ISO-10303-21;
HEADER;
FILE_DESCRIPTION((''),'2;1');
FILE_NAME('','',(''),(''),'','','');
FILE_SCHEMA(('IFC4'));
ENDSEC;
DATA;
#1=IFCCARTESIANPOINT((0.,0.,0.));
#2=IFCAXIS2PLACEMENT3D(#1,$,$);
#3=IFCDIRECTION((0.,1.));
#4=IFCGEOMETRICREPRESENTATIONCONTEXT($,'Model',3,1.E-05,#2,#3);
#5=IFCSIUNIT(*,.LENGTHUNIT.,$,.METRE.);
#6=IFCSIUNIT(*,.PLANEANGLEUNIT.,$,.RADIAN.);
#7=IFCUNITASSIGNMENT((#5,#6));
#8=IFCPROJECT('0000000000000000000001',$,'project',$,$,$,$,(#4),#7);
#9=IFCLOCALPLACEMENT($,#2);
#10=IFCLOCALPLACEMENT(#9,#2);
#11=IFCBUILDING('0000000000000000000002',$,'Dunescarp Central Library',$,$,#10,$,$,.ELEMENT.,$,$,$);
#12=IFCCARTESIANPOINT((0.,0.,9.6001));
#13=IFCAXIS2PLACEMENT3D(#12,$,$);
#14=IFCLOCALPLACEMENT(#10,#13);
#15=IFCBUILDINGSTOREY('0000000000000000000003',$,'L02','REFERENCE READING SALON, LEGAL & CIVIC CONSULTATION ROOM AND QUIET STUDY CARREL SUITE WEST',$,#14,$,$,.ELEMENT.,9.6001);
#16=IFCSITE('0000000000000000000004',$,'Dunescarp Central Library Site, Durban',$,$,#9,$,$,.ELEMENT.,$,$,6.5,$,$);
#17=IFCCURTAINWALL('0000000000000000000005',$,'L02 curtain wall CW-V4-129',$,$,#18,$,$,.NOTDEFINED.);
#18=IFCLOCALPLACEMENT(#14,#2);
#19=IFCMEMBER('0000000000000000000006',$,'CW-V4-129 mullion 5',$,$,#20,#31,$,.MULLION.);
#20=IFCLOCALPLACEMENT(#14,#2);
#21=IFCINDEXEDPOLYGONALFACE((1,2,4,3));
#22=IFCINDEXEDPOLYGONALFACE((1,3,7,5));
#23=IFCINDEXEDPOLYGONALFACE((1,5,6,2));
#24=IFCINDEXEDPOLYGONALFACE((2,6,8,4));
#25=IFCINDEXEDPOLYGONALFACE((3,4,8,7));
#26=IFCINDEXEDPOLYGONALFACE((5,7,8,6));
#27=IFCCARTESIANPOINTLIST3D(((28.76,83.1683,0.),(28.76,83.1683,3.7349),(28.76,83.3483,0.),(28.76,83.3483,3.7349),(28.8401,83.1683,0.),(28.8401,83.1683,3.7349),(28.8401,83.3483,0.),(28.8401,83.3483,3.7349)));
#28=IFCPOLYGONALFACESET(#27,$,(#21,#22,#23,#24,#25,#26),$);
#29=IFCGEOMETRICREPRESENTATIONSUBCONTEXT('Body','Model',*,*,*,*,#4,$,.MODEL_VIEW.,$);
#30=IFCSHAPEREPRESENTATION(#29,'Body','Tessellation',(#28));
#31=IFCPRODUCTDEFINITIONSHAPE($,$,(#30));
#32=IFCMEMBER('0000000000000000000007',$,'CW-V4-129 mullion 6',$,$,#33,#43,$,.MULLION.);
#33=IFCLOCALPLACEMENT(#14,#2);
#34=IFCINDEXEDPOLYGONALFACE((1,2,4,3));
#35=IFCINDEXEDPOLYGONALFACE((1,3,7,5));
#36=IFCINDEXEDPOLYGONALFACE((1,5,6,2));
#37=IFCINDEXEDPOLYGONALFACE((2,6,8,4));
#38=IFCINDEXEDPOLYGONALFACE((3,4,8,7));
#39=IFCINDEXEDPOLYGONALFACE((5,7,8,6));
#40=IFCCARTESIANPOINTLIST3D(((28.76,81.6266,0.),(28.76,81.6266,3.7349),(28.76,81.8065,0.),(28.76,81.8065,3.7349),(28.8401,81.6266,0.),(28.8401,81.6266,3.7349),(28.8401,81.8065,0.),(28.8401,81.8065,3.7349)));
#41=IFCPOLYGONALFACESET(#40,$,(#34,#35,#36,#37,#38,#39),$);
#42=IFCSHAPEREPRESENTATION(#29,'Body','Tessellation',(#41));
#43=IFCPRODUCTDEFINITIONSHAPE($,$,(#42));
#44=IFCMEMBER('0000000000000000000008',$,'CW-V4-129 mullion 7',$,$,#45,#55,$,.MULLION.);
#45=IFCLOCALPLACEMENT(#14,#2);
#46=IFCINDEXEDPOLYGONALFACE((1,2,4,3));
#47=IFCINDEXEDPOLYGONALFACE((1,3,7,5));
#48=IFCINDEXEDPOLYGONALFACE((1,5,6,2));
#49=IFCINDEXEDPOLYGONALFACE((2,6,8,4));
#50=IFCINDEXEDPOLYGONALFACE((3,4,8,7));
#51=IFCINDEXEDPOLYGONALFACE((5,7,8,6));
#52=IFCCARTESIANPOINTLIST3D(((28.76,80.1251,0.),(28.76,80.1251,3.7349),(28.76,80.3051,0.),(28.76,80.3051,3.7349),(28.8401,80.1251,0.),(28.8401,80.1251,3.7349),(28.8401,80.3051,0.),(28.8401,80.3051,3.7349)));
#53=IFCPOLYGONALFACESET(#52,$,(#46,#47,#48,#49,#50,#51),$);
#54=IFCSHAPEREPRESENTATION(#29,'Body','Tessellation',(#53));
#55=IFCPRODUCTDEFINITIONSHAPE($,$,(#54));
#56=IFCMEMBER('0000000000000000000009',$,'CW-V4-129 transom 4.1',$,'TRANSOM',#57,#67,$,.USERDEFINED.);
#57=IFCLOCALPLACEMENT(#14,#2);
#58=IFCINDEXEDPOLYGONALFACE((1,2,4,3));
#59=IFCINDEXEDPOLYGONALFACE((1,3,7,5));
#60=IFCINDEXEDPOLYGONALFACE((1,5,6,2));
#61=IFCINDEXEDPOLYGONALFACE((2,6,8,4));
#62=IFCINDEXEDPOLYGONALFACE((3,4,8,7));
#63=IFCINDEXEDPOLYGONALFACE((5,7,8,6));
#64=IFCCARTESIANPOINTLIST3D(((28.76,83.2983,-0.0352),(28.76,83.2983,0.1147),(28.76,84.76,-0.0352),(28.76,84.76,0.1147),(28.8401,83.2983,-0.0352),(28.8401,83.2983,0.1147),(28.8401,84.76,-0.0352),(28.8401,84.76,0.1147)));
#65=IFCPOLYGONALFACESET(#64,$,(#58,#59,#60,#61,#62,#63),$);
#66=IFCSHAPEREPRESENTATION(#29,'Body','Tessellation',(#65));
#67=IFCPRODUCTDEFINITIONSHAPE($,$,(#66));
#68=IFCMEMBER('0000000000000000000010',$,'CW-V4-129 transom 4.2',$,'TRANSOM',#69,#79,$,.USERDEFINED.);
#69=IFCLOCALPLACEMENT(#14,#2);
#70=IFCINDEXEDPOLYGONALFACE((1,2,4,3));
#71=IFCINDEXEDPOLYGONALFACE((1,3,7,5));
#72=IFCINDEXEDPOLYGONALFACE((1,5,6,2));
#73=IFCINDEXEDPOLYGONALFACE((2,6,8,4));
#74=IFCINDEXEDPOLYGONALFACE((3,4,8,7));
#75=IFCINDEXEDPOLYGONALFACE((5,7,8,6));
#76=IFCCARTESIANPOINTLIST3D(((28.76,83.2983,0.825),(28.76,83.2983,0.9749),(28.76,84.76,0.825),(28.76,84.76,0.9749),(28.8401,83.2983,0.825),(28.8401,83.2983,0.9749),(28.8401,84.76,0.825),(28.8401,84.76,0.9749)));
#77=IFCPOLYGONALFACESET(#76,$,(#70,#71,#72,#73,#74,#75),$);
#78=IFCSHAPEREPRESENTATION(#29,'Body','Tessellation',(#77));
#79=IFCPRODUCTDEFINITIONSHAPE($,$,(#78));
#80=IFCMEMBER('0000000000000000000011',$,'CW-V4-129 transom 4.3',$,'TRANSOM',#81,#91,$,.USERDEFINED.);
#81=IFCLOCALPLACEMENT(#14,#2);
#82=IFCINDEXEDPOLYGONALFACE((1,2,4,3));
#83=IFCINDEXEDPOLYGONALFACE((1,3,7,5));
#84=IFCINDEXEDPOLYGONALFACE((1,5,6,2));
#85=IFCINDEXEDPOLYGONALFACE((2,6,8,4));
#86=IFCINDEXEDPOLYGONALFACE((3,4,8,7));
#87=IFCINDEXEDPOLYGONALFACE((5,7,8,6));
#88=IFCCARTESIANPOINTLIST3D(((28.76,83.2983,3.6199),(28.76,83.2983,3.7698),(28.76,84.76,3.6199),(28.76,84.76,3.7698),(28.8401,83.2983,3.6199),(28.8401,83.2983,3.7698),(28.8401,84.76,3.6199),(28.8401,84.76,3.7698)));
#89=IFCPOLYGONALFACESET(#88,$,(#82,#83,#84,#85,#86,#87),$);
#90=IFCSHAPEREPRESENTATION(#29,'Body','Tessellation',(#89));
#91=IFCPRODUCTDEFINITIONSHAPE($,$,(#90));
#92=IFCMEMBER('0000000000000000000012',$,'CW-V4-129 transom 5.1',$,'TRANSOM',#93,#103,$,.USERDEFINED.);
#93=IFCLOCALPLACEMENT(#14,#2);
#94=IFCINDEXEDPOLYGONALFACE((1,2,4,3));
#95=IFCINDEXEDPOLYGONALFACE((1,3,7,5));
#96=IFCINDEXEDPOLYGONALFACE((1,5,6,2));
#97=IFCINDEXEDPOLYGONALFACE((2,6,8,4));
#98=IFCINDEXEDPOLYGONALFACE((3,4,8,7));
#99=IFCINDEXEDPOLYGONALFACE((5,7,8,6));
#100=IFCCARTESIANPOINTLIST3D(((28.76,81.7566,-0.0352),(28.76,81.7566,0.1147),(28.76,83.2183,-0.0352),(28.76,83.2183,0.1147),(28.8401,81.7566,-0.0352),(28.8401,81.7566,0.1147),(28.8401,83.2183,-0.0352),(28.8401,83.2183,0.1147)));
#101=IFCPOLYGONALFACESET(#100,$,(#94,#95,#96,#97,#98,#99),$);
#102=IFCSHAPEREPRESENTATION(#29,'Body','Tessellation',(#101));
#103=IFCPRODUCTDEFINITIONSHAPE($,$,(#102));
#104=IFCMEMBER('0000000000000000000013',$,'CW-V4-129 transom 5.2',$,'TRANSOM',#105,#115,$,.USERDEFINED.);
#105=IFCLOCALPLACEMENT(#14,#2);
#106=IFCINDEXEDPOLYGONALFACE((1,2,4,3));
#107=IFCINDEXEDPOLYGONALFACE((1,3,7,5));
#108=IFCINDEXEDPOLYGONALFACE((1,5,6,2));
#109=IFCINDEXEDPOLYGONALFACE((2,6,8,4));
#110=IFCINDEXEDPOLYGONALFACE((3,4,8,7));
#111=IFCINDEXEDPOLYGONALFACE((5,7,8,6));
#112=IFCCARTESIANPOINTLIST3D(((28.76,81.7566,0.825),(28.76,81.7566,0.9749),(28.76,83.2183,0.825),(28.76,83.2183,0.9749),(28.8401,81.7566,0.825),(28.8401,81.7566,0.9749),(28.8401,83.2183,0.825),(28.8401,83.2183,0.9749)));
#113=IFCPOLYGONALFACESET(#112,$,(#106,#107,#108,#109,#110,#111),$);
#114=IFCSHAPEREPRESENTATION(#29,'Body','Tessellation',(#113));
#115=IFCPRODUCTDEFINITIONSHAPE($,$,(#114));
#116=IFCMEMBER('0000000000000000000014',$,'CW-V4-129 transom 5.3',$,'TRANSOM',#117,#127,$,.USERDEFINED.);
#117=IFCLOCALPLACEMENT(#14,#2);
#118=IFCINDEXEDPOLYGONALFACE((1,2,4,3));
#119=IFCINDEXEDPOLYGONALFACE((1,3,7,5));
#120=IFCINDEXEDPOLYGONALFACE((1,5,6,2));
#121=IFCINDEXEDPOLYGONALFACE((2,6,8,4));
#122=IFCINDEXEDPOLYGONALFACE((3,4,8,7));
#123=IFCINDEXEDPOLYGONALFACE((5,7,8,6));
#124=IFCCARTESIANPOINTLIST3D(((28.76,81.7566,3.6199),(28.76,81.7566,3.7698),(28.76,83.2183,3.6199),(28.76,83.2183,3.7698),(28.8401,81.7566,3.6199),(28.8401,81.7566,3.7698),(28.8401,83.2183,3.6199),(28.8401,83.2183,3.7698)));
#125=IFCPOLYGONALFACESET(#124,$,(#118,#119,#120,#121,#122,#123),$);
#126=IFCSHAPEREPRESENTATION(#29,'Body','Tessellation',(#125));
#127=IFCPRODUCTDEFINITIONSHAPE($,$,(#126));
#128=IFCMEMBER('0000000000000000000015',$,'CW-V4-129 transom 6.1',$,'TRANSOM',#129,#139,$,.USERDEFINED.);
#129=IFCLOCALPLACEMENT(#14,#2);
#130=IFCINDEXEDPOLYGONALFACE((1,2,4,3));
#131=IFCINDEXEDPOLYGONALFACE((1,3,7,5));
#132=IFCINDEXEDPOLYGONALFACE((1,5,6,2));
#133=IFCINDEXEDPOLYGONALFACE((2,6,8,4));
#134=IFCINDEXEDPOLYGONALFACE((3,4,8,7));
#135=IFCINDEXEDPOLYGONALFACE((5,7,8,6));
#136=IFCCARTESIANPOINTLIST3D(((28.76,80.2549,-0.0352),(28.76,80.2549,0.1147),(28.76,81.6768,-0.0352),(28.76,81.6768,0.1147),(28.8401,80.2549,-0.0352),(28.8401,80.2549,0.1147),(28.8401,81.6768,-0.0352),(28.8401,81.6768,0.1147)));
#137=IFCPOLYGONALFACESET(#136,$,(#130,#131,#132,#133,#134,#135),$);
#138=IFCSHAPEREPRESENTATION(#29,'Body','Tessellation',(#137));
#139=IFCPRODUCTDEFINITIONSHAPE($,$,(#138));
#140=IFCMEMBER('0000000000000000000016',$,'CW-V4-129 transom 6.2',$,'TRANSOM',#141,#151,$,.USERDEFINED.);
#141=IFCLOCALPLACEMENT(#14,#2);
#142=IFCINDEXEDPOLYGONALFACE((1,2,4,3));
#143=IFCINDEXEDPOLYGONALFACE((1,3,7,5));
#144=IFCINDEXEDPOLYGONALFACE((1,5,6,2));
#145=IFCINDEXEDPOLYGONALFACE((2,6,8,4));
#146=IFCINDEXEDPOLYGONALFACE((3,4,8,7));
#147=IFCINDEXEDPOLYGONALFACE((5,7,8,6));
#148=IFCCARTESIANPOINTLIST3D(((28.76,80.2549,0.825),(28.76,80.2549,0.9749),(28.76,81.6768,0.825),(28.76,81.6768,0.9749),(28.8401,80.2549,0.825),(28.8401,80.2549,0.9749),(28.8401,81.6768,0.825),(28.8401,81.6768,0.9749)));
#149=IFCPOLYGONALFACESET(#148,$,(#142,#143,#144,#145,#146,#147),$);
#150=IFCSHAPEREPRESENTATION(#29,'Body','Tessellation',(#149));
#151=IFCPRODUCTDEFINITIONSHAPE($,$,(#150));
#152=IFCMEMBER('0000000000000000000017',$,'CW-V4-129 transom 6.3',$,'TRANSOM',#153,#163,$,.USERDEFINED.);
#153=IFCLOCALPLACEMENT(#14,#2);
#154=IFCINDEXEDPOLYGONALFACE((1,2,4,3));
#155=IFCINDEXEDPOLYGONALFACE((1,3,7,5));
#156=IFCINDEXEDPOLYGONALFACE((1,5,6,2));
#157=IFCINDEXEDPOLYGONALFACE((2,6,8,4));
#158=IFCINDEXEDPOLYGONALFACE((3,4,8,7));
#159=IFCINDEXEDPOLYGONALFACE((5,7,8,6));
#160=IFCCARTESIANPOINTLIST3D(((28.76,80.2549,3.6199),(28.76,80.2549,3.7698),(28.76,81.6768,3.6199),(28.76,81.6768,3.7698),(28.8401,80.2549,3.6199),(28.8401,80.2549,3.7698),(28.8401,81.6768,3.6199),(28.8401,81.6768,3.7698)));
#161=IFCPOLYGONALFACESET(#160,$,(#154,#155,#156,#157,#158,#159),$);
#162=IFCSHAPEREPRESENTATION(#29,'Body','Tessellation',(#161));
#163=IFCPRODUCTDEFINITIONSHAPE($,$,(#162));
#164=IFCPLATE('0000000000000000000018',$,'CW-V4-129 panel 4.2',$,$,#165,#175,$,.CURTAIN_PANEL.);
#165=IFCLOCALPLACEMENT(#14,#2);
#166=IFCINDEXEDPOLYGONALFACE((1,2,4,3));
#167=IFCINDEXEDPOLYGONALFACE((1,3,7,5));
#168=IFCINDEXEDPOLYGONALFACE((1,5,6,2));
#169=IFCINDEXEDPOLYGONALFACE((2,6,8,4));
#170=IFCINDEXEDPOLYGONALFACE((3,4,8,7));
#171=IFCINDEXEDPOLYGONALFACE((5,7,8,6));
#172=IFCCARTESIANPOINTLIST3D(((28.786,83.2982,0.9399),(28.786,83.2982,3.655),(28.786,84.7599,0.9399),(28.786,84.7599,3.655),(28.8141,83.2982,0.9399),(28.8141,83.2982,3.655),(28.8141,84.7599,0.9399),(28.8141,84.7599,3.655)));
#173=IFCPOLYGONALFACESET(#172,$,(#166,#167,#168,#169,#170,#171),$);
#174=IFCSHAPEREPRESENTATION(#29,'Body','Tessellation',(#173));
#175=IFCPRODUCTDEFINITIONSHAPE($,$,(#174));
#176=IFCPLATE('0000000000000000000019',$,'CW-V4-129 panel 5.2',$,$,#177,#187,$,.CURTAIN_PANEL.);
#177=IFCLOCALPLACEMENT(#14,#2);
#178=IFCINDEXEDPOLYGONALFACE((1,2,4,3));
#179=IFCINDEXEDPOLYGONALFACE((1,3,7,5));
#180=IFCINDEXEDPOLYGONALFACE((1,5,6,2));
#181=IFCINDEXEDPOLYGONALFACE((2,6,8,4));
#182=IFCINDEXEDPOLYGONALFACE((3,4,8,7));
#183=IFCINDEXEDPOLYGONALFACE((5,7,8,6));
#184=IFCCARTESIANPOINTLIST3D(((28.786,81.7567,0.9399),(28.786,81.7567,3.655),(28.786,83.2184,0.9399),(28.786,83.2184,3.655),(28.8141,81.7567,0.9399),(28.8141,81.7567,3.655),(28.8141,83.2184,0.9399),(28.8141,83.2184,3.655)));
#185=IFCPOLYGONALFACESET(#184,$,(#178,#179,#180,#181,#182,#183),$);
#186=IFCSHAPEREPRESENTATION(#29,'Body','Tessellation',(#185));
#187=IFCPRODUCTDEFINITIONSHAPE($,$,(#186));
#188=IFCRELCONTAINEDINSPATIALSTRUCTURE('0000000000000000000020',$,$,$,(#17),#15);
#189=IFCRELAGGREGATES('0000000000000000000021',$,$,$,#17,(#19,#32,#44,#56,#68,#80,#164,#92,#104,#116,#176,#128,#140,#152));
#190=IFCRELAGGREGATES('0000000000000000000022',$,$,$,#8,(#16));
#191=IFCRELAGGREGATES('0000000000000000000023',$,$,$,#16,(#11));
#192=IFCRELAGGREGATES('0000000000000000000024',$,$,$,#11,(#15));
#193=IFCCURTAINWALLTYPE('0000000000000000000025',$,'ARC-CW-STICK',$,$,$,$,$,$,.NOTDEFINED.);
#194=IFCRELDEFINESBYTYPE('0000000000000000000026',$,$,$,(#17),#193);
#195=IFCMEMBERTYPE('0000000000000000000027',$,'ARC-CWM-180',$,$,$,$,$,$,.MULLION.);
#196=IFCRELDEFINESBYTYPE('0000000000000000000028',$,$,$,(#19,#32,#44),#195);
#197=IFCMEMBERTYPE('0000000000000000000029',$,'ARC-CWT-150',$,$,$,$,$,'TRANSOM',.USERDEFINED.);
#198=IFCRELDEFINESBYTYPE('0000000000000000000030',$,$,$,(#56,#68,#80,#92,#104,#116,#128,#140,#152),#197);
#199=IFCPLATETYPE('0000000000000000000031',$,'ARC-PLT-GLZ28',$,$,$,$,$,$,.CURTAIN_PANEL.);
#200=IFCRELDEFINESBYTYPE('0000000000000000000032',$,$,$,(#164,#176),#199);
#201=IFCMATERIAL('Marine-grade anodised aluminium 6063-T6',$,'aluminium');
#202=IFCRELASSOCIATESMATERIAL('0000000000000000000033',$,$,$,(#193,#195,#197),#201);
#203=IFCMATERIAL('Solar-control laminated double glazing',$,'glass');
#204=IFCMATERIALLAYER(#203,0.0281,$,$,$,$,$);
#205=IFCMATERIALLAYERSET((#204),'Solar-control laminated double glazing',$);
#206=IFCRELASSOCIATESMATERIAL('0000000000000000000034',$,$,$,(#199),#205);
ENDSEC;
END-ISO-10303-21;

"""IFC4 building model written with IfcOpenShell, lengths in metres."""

from ifc_helpers import new_model, si_unit, direction, frame, origin, origin_2d, place, context, subcontext, project, spatial, rectangle, extrude, material, layer, layer_set, material_profile, profile_set, type_object, element, aggregate, save


model = new_model("IFC4")

# Units and contexts
model_context = context("Model", 3, precision=1e-05, world=origin(), true_north=direction((0.0, 1.0)))
body_context = subcontext(model_context, "Body", "Model", "MODEL_VIEW")
ifc_project = project(units=[si_unit("LENGTHUNIT", "METRE"), si_unit("PLANEANGLEUNIT", "RADIAN")], contexts=[model_context])

# Site, building, storey
site_placement = place(None, origin())
site = spatial("IfcSite", under=ifc_project, at=site_placement, Name="Dunescarp Central Library Site, Durban", CompositionType="ELEMENT", RefElevation=6.5)
building_placement = place(site_placement, origin())
building = spatial("IfcBuilding", under=site, at=building_placement, Name="Dunescarp Central Library", CompositionType="ELEMENT")
storey_placement = place(building_placement, frame((0.0, 0.0, 9.6001)))
storey = spatial("IfcBuildingStorey", under=building, at=storey_placement, Name="L02", Description="REFERENCE READING SALON, LEGAL & CIVIC CONSULTATION ROOM AND QUIET STUDY CARREL SUITE WEST", CompositionType="ELEMENT", Elevation=9.6001)

# Curtain wall, members, plates
ifc_material_1 = material(Name="Marine-grade anodised aluminium 6063-T6", Category="aluminium")
curtain_wall_type = type_object("IfcCurtainWallType", Name="ARC-CW-STICK", PredefinedType="NOTDEFINED", material=ifc_material_1)
curtain_wall_placement = place(storey_placement, origin())
curtain_wall = element("IfcCurtainWall", 1, at=curtain_wall_placement, inside=storey, type_object=curtain_wall_type, Name="L02 curtain wall CW-V4-129", PredefinedType="NOTDEFINED")
ifc_material_profile_1 = material_profile(ifc_material_1, rectangle(XDim=0.0801, YDim=0.1799, at=origin_2d()), Name="AL 80x180")
ifc_profile_set_1 = profile_set([ifc_material_profile_1], Name="Marine-grade anodised aluminium 6063-T6")
member_type_1 = type_object("IfcMemberType", Name="ARC-CWM-180", PredefinedType="MULLION", material=ifc_profile_set_1)
member_1_placement = place(storey_placement, frame((28.8, 83.2583, 0.0), z_axis=(0.0, 0.0, 1.0), x_axis=(1.0, 0.0, 0.0)))
member_1 = element("IfcMember", 2, at=member_1_placement, type_object=member_type_1, Name="CW-V4-129 mullion 5", PredefinedType="MULLION", context=body_context, shape_type="SweptSolid", body=[
    extrude(rectangle(XDim=0.0801, YDim=0.1799, at=origin_2d()), origin(), (0.0, 0.0, 1.0), 3.7349),
])
member_2_placement = place(storey_placement, frame((28.8, 81.7166, 0.0), z_axis=(0.0, 0.0, 1.0), x_axis=(1.0, 0.0, 0.0)))
member_2 = element("IfcMember", 3, at=member_2_placement, type_object=member_type_1, Name="CW-V4-129 mullion 6", PredefinedType="MULLION", context=body_context, shape_type="SweptSolid", body=[
    extrude(rectangle(XDim=0.0801, YDim=0.1799, at=origin_2d()), origin(), (0.0, 0.0, 1.0), 3.7349),
])
member_3_placement = place(storey_placement, frame((28.8, 80.2151, 0.0), z_axis=(0.0, 0.0, 1.0), x_axis=(1.0, 0.0, 0.0)))
member_3 = element("IfcMember", 4, at=member_3_placement, type_object=member_type_1, Name="CW-V4-129 mullion 7", PredefinedType="MULLION", context=body_context, shape_type="SweptSolid", body=[
    extrude(rectangle(XDim=0.0801, YDim=0.1799, at=origin_2d()), origin(), (0.0, 0.0, 1.0), 3.7349),
])
ifc_material_profile_2 = material_profile(ifc_material_1, rectangle(XDim=0.0801, YDim=0.1499, at=origin_2d()), Name="AL 80x150")
ifc_profile_set_2 = profile_set([ifc_material_profile_2], Name="Marine-grade anodised aluminium 6063-T6")
member_type_2 = type_object("IfcMemberType", Name="ARC-CWT-150", ElementType="TRANSOM", PredefinedType="USERDEFINED", material=ifc_profile_set_2)
member_4_placement = place(storey_placement, frame((28.8, 84.76, 0.0398), z_axis=(0.0, -1.0, 0.0), x_axis=(1.0, 0.0, 0.0)))
member_4 = element("IfcMember", 5, at=member_4_placement, type_object=member_type_2, Name="CW-V4-129 transom 4.1", ObjectType="TRANSOM", PredefinedType="USERDEFINED", context=body_context, shape_type="SweptSolid", body=[
    extrude(rectangle(XDim=0.0801, YDim=0.1499, at=origin_2d()), origin(), (0.0, 0.0, 1.0), 1.4617),
])
member_5_placement = place(storey_placement, frame((28.8, 84.76, 0.8999), z_axis=(0.0, -1.0, 0.0), x_axis=(1.0, 0.0, 0.0)))
member_5 = element("IfcMember", 6, at=member_5_placement, type_object=member_type_2, Name="CW-V4-129 transom 4.2", ObjectType="TRANSOM", PredefinedType="USERDEFINED", context=body_context, shape_type="SweptSolid", body=[
    extrude(rectangle(XDim=0.0801, YDim=0.1499, at=origin_2d()), origin(), (0.0, 0.0, 1.0), 1.4617),
])
member_6_placement = place(storey_placement, frame((28.8, 84.76, 3.6948), z_axis=(0.0, -1.0, 0.0), x_axis=(1.0, 0.0, 0.0)))
member_6 = element("IfcMember", 7, at=member_6_placement, type_object=member_type_2, Name="CW-V4-129 transom 4.3", ObjectType="TRANSOM", PredefinedType="USERDEFINED", context=body_context, shape_type="SweptSolid", body=[
    extrude(rectangle(XDim=0.0801, YDim=0.1499, at=origin_2d()), origin(), (0.0, 0.0, 1.0), 1.4617),
])
member_7_placement = place(storey_placement, frame((28.8, 83.2183, 0.0398), z_axis=(0.0, -1.0, 0.0), x_axis=(1.0, 0.0, 0.0)))
member_7 = element("IfcMember", 8, at=member_7_placement, type_object=member_type_2, Name="CW-V4-129 transom 5.1", ObjectType="TRANSOM", PredefinedType="USERDEFINED", context=body_context, shape_type="SweptSolid", body=[
    extrude(rectangle(XDim=0.0801, YDim=0.1499, at=origin_2d()), origin(), (0.0, 0.0, 1.0), 1.4617),
])
member_8_placement = place(storey_placement, frame((28.8, 83.2183, 0.8999), z_axis=(0.0, -1.0, 0.0), x_axis=(1.0, 0.0, 0.0)))
member_8 = element("IfcMember", 9, at=member_8_placement, type_object=member_type_2, Name="CW-V4-129 transom 5.2", ObjectType="TRANSOM", PredefinedType="USERDEFINED", context=body_context, shape_type="SweptSolid", body=[
    extrude(rectangle(XDim=0.0801, YDim=0.1499, at=origin_2d()), origin(), (0.0, 0.0, 1.0), 1.4617),
])
member_9_placement = place(storey_placement, frame((28.8, 83.2183, 3.6948), z_axis=(0.0, -1.0, 0.0), x_axis=(1.0, 0.0, 0.0)))
member_9 = element("IfcMember", 10, at=member_9_placement, type_object=member_type_2, Name="CW-V4-129 transom 5.3", ObjectType="TRANSOM", PredefinedType="USERDEFINED", context=body_context, shape_type="SweptSolid", body=[
    extrude(rectangle(XDim=0.0801, YDim=0.1499, at=origin_2d()), origin(), (0.0, 0.0, 1.0), 1.4617),
])
member_10_placement = place(storey_placement, frame((28.8, 81.6768, 0.0398), z_axis=(0.0, -1.0, 0.0), x_axis=(1.0, 0.0, 0.0)))
member_10 = element("IfcMember", 11, at=member_10_placement, type_object=member_type_2, Name="CW-V4-129 transom 6.1", ObjectType="TRANSOM", PredefinedType="USERDEFINED", context=body_context, shape_type="SweptSolid", body=[
    extrude(rectangle(XDim=0.0801, YDim=0.1499, at=origin_2d()), origin(), (0.0, 0.0, 1.0), 1.4219),
])
member_11_placement = place(storey_placement, frame((28.8, 81.6768, 0.8999), z_axis=(0.0, -1.0, 0.0), x_axis=(1.0, 0.0, 0.0)))
member_11 = element("IfcMember", 12, at=member_11_placement, type_object=member_type_2, Name="CW-V4-129 transom 6.2", ObjectType="TRANSOM", PredefinedType="USERDEFINED", context=body_context, shape_type="SweptSolid", body=[
    extrude(rectangle(XDim=0.0801, YDim=0.1499, at=origin_2d()), origin(), (0.0, 0.0, 1.0), 1.4219),
])
member_12_placement = place(storey_placement, frame((28.8, 81.6768, 3.6948), z_axis=(0.0, -1.0, 0.0), x_axis=(1.0, 0.0, 0.0)))
member_12 = element("IfcMember", 13, at=member_12_placement, type_object=member_type_2, Name="CW-V4-129 transom 6.3", ObjectType="TRANSOM", PredefinedType="USERDEFINED", context=body_context, shape_type="SweptSolid", body=[
    extrude(rectangle(XDim=0.0801, YDim=0.1499, at=origin_2d()), origin(), (0.0, 0.0, 1.0), 1.4219),
])
ifc_material_2 = material(Name="Solar-control laminated double glazing", Category="glass")
ifc_layer_1 = layer(ifc_material_2, 0.0281)
ifc_layer_set_1 = layer_set([ifc_layer_1], Name="Solar-control laminated double glazing")
plate_type_1 = type_object("IfcPlateType", Name="ARC-PLT-GLZ28", PredefinedType="CURTAIN_PANEL", material=ifc_layer_set_1)
plate_1_placement = place(storey_placement, frame((28.8, 84.0291, 0.9399), z_axis=(0.0, 0.0, 1.0), x_axis=(0.0, -1.0, 0.0)))
plate_1 = element("IfcPlate", 14, at=plate_1_placement, type_object=plate_type_1, Name="CW-V4-129 panel 4.2", PredefinedType="CURTAIN_PANEL", context=body_context, shape_type="SweptSolid", body=[
    extrude(rectangle(XDim=1.4617, YDim=0.0281, at=origin_2d()), origin(), (0.0, 0.0, 1.0), 2.7151),
])
plate_2_placement = place(storey_placement, frame((28.8, 82.4875, 0.9399), z_axis=(0.0, 0.0, 1.0), x_axis=(0.0, -1.0, 0.0)))
plate_2 = element("IfcPlate", 15, at=plate_2_placement, type_object=plate_type_1, Name="CW-V4-129 panel 5.2", PredefinedType="CURTAIN_PANEL", context=body_context, shape_type="SweptSolid", body=[
    extrude(rectangle(XDim=1.4617, YDim=0.0281, at=origin_2d()), origin(), (0.0, 0.0, 1.0), 2.7151),
])
aggregate(curtain_wall, [member_1, member_2, member_3, member_4, member_5, member_6, plate_1, member_7, member_8, member_9, plate_2, member_10, member_11, member_12])

save(model, "model.ifc")
